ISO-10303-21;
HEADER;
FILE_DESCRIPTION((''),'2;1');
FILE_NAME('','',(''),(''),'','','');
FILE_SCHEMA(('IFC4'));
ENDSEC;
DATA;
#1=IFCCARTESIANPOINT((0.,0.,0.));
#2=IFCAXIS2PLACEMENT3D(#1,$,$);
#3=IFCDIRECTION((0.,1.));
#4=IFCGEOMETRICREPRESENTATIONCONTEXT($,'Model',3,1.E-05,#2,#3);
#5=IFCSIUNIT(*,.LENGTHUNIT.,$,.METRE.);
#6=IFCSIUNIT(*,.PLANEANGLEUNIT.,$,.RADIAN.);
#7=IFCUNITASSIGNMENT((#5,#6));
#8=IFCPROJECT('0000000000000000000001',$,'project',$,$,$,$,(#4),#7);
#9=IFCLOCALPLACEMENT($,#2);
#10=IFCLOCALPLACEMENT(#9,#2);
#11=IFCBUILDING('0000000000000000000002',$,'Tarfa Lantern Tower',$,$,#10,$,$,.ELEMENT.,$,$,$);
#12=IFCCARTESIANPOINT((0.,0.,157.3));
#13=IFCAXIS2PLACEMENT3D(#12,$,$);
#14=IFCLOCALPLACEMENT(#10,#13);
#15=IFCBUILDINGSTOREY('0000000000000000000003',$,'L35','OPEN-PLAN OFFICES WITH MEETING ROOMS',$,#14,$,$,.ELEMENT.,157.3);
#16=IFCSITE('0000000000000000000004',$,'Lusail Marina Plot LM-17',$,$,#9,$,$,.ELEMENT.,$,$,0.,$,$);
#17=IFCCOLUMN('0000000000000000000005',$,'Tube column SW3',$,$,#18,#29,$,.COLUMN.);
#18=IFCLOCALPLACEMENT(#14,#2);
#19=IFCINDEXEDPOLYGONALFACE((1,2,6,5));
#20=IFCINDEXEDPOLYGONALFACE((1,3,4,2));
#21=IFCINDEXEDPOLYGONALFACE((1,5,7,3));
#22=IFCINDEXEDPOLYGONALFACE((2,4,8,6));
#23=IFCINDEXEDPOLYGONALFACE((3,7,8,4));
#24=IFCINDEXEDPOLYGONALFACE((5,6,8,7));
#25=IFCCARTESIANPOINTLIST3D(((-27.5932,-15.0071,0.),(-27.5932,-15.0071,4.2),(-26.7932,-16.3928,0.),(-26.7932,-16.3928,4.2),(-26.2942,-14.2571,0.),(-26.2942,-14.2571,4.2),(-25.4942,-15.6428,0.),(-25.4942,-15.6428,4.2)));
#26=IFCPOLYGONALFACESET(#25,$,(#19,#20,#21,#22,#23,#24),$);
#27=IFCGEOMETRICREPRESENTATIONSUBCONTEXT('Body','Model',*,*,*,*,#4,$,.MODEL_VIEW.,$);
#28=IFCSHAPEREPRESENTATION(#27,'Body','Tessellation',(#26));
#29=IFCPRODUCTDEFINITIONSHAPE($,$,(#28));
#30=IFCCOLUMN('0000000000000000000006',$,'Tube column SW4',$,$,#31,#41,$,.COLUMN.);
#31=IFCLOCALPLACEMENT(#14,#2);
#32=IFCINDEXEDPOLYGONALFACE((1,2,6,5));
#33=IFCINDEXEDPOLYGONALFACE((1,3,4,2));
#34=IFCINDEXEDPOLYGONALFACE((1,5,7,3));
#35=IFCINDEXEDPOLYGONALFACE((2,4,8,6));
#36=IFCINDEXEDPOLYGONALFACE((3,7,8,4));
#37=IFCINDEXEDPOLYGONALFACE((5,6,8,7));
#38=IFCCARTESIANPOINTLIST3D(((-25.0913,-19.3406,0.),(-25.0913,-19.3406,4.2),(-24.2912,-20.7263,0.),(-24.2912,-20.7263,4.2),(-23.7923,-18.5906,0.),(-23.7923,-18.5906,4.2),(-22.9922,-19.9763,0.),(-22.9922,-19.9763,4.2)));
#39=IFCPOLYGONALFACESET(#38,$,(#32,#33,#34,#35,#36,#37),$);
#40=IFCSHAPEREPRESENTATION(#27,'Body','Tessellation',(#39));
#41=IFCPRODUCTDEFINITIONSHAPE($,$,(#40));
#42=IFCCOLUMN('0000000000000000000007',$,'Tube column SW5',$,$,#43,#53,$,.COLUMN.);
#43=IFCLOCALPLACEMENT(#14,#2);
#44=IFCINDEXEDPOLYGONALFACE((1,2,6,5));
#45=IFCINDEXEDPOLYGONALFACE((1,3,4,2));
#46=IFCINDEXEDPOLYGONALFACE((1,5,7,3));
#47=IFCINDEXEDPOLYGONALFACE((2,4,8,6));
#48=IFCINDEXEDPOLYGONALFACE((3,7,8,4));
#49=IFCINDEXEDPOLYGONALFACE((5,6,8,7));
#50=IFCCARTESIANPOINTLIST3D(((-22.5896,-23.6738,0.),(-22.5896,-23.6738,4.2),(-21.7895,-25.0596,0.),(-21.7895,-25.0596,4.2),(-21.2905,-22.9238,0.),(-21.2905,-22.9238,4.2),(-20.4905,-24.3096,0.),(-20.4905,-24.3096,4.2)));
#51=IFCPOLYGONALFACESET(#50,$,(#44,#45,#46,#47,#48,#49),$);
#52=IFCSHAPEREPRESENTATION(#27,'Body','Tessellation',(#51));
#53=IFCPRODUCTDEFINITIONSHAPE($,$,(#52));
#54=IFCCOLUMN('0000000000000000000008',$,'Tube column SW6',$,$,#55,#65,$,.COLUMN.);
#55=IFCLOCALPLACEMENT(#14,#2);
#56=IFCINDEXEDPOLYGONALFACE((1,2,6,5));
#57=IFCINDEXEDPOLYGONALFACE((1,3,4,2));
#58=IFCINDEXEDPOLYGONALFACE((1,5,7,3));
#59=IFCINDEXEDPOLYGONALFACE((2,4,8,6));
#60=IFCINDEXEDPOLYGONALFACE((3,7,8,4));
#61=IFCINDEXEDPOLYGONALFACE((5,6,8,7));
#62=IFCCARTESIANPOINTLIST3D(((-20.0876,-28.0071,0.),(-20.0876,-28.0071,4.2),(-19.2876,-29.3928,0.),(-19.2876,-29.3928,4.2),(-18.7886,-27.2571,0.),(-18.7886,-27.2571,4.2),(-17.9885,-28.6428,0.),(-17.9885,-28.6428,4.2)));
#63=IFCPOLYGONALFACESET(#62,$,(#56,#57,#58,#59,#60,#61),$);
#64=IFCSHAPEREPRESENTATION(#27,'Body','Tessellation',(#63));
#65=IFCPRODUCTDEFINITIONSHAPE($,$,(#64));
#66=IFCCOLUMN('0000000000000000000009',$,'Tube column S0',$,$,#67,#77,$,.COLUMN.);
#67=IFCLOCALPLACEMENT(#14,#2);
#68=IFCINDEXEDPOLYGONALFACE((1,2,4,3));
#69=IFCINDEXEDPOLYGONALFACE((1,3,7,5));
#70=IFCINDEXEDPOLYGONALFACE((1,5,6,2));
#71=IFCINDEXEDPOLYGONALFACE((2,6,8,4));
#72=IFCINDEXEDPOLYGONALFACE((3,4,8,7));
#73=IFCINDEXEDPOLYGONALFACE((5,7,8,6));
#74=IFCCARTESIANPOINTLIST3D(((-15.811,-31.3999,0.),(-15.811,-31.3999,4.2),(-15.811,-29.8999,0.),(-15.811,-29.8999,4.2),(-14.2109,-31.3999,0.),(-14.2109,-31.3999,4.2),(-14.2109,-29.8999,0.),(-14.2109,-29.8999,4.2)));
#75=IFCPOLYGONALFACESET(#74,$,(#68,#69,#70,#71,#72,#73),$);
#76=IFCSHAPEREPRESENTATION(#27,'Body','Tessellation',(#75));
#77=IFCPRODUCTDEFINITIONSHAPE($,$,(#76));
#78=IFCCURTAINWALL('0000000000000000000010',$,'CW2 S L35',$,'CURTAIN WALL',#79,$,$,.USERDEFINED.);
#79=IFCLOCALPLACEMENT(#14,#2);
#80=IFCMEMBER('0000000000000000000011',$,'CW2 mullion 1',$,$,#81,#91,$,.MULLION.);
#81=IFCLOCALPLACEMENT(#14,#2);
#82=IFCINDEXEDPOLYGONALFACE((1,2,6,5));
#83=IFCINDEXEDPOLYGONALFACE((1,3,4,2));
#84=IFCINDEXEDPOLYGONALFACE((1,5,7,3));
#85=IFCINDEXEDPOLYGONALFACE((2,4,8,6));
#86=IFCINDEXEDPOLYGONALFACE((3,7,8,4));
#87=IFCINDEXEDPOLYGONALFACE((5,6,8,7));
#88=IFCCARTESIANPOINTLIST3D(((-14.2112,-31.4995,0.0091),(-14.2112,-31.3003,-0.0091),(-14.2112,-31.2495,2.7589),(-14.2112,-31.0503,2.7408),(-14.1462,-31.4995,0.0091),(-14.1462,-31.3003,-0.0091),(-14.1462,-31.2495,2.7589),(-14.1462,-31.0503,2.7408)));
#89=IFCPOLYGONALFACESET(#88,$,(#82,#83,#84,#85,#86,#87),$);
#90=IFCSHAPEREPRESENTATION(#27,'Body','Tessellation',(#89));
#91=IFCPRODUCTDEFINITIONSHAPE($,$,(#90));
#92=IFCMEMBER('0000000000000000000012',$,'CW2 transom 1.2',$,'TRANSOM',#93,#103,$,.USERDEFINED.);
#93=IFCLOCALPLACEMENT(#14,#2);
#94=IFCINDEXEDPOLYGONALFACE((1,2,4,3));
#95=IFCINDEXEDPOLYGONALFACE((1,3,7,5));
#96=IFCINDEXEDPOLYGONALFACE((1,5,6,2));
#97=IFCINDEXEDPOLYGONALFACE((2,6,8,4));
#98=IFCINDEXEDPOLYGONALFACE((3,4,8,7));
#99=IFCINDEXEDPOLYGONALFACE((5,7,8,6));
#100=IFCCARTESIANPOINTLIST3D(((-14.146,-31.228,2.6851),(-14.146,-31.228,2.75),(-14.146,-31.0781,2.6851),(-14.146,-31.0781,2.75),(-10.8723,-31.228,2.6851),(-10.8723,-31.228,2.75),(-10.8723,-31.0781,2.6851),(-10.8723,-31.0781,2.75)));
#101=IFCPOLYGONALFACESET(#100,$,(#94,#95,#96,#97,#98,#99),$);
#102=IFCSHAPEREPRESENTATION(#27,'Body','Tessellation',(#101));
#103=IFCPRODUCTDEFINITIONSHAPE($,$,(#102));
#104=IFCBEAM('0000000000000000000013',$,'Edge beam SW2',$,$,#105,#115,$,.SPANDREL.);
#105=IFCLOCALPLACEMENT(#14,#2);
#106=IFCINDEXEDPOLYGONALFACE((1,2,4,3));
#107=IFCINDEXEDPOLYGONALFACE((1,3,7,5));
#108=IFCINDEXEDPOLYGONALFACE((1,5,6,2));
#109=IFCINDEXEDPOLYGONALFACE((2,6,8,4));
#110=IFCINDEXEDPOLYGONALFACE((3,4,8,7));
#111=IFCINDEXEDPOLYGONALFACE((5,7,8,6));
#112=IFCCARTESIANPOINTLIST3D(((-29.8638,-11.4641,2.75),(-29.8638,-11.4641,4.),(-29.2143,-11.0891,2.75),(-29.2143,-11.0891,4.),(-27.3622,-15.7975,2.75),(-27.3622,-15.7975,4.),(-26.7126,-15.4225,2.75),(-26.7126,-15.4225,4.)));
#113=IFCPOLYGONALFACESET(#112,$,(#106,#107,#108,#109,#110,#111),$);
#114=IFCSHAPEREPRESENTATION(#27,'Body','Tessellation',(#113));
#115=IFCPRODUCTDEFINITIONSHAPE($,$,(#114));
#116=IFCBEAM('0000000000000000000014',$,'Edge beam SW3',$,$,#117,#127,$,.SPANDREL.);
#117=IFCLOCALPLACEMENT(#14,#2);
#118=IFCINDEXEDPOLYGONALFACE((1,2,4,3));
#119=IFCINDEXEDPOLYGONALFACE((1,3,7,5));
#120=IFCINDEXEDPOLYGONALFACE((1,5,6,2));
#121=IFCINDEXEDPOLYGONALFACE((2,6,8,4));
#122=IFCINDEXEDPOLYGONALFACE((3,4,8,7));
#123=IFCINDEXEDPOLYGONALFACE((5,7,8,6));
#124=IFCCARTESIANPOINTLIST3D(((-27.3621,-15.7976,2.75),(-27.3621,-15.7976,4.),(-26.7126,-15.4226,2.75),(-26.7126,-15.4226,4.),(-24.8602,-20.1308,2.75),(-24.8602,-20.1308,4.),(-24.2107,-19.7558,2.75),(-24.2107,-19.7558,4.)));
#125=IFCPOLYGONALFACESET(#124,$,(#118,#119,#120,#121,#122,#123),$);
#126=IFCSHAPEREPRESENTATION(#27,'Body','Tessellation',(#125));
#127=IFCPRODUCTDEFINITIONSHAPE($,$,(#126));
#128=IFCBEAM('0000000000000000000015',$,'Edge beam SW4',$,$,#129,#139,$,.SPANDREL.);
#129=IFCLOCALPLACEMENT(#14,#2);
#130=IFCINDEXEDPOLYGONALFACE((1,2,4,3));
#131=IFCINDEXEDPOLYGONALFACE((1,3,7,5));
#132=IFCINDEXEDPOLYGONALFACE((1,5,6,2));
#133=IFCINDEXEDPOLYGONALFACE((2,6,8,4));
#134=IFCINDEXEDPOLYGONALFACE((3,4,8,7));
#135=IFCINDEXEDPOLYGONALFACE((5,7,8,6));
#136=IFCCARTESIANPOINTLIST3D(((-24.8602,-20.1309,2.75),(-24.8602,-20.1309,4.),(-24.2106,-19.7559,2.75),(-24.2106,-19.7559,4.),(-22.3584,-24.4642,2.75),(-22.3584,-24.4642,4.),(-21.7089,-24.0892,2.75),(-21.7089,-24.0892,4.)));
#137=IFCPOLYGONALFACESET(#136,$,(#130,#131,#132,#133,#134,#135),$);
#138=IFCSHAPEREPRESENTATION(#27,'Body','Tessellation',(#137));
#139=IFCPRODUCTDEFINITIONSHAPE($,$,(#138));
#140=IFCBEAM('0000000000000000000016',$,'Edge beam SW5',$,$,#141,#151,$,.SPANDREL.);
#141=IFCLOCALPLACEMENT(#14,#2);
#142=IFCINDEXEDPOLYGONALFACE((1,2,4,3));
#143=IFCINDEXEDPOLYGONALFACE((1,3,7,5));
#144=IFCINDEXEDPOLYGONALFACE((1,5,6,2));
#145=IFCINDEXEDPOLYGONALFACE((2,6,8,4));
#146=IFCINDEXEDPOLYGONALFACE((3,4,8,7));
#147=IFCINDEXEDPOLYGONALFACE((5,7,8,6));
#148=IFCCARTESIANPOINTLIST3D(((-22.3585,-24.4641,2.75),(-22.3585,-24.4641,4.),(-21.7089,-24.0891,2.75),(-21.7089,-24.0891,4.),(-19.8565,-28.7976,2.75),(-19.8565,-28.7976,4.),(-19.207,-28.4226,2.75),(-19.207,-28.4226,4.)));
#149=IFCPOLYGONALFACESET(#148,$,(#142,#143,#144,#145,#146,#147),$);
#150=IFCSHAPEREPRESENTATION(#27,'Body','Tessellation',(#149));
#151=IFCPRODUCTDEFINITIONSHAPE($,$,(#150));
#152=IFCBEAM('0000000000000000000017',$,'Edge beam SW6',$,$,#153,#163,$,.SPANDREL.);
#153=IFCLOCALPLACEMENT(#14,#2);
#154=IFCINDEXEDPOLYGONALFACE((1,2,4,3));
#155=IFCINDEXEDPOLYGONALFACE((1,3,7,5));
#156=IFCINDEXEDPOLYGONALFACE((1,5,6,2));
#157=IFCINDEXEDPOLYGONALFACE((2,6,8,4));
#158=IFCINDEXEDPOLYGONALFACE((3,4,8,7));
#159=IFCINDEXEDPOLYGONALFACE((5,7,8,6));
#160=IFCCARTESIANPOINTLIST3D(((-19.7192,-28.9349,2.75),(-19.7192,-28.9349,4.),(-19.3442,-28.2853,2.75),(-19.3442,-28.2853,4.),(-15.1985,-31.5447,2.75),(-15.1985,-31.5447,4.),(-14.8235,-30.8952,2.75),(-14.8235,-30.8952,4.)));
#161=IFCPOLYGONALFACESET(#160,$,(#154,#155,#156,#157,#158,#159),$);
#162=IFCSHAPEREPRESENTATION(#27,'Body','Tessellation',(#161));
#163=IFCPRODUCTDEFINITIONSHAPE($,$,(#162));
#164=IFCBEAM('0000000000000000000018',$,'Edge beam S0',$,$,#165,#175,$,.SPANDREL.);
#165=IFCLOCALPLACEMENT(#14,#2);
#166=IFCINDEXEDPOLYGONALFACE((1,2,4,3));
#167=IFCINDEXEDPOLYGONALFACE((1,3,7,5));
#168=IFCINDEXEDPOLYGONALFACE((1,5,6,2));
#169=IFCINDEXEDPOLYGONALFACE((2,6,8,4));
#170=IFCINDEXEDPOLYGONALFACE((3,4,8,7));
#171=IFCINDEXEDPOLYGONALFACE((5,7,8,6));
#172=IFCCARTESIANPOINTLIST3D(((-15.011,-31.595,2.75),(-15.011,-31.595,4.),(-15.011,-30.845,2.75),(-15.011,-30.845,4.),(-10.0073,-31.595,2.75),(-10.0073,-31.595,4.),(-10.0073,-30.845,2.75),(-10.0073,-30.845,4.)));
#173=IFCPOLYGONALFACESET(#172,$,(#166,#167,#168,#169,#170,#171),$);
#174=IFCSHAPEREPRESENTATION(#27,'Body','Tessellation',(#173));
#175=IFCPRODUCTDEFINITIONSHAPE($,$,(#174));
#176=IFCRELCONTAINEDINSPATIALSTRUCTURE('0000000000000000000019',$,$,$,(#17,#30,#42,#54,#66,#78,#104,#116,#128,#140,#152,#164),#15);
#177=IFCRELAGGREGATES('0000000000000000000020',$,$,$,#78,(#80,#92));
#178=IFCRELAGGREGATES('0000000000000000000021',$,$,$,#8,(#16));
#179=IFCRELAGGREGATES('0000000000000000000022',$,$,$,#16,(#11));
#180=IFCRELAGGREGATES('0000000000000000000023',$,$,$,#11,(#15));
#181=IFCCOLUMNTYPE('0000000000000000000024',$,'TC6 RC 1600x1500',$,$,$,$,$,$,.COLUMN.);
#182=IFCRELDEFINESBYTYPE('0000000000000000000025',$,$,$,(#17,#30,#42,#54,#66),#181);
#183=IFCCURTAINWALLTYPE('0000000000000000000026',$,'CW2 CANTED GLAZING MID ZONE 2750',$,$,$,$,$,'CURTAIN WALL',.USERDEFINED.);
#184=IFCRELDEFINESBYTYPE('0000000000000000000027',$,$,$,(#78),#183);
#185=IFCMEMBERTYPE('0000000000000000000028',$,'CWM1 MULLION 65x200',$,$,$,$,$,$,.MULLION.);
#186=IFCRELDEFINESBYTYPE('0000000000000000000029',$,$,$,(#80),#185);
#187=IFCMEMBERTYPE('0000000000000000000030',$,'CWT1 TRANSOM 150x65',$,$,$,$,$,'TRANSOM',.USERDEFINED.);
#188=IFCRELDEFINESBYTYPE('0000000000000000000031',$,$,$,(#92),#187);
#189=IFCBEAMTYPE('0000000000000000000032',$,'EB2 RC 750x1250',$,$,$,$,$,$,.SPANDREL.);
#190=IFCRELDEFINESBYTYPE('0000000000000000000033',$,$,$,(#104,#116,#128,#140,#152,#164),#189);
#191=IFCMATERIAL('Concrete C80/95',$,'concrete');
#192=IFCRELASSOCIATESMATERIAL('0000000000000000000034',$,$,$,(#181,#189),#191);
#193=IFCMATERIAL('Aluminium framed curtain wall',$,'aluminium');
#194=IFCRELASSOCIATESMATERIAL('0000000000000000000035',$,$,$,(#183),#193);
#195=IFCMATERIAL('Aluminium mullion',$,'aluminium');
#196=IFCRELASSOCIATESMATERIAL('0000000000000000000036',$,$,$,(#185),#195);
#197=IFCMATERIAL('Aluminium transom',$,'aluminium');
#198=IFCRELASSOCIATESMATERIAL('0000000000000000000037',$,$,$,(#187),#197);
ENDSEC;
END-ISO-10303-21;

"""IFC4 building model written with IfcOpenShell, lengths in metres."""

from ifc_helpers import new_model, si_unit, direction, frame, origin, origin_2d, place, context, subcontext, project, spatial, rectangle, extrude, material, material_profile, profile_set, type_object, element, aggregate, save


model = new_model("IFC4")

# Units and contexts
model_context = context("Model", 3, precision=1e-05, world=origin(), true_north=direction((0.0, 1.0)))
body_context = subcontext(model_context, "Body", "Model", "MODEL_VIEW")
ifc_project = project(units=[si_unit("LENGTHUNIT", "METRE"), si_unit("PLANEANGLEUNIT", "RADIAN")], contexts=[model_context])

# Site, building, storey
site_placement = place(None, origin())
site = spatial("IfcSite", under=ifc_project, at=site_placement, Name="Lusail Marina Plot LM-17", CompositionType="ELEMENT", RefElevation=0.0)
building_placement = place(site_placement, origin())
building = spatial("IfcBuilding", under=site, at=building_placement, Name="Tarfa Lantern Tower", CompositionType="ELEMENT")
storey_placement = place(building_placement, frame((0.0, 0.0, 157.3)))
storey = spatial("IfcBuildingStorey", under=building, at=storey_placement, Name="L35", Description="OPEN-PLAN OFFICES WITH MEETING ROOMS", CompositionType="ELEMENT", Elevation=157.3)

# Columns
ifc_material_1 = material(Name="Concrete C80/95", Category="concrete")
ifc_material_profile_1 = material_profile(ifc_material_1, rectangle(XDim=1.6001, YDim=1.5, at=origin_2d()), Name="RC 1600x1500")
ifc_profile_set_1 = profile_set([ifc_material_profile_1], Name="Concrete C80/95")
column_type = type_object("IfcColumnType", Name="TC6 RC 1600x1500", PredefinedType="COLUMN", material=ifc_profile_set_1)
for number, where, z_axis, x_axis, name in (
    (1, (-26.5437, -15.325, 0.0), (0.0, 0.0, 1.0), (0.5, -0.866025, 0.0), "Tube column SW3"),
    (2, (-24.0417, -19.6584, 0.0), (0.0, 0.0, 1.0), (0.5, -0.866025, 0.0), "Tube column SW4"),
    (3, (-21.54, -23.9917, 0.0), (0.0, 0.0, 1.0), (0.5, -0.866025, 0.0), "Tube column SW5"),
    (4, (-19.0381, -28.325, 0.0), (0.0, 0.0, 1.0), (0.5, -0.866025, 0.0), "Tube column SW6"),
    (5, (-15.011, -30.6499, 0.0), (0.0, 0.0, 1.0), (1.0, 0.0, 0.0), "Tube column S0"),
):
    element("IfcColumn", number, at=place(storey_placement, frame(where, z_axis=z_axis, x_axis=x_axis)), inside=storey, type_object=column_type, Name=name, PredefinedType="COLUMN", context=body_context, shape_type="SweptSolid", body=[
        extrude(rectangle(XDim=1.6001, YDim=1.5, at=origin_2d()), origin(), (0.0, 0.0, 1.0), 4.2),
    ])

# Curtain wall, members
ifc_material_2 = material(Name="Aluminium framed curtain wall", Category="aluminium")
curtain_wall_type = type_object("IfcCurtainWallType", Name="CW2 CANTED GLAZING MID ZONE 2750", ElementType="CURTAIN WALL", PredefinedType="USERDEFINED", material=ifc_material_2)
curtain_wall_placement = place(storey_placement, origin())
curtain_wall = element("IfcCurtainWall", 6, at=curtain_wall_placement, inside=storey, type_object=curtain_wall_type, Name="CW2 S L35", ObjectType="CURTAIN WALL", PredefinedType="USERDEFINED")
ifc_material_3 = material(Name="Aluminium mullion", Category="aluminium")
ifc_material_profile_2 = material_profile(ifc_material_3, rectangle(XDim=0.0649, YDim=0.2, at=origin_2d()), Name="AL MULLION 65x200")
ifc_profile_set_2 = profile_set([ifc_material_profile_2], Name="Aluminium mullion")
member_type_1 = type_object("IfcMemberType", Name="CWM1 MULLION 65x200", PredefinedType="MULLION", material=ifc_profile_set_2)
member_1_placement = place(storey_placement, frame((-14.1787, -31.3999, 0.0), z_axis=(0.0, 0.090536, 0.995893), x_axis=(-1.0, 0.0, 0.0)))
member_1 = element("IfcMember", 7, at=member_1_placement, type_object=member_type_1, Name="CW2 mullion 1", PredefinedType="MULLION", context=body_context, shape_type="SweptSolid", body=[
    extrude(rectangle(XDim=0.0649, YDim=0.2, at=origin_2d()), origin(), (0.0, 0.0, 1.0), 2.7612),
])
ifc_material_4 = material(Name="Aluminium transom", Category="aluminium")
ifc_material_profile_3 = material_profile(ifc_material_4, rectangle(XDim=0.1499, YDim=0.0649, at=origin_2d()), Name="AL TRANSOM 150x65")
ifc_profile_set_3 = profile_set([ifc_material_profile_3], Name="Aluminium transom")
member_type_2 = type_object("IfcMemberType", Name="CWT1 TRANSOM 150x65", ElementType="TRANSOM", PredefinedType="USERDEFINED", material=ifc_profile_set_3)
member_2_placement = place(storey_placement, frame((-14.146, -31.1531, 2.7175), z_axis=(1.0, 0.0, 0.0), x_axis=(0.0, 1.0, 0.0)))
member_2 = element("IfcMember", 8, at=member_2_placement, type_object=member_type_2, Name="CW2 transom 1.2", ObjectType="TRANSOM", PredefinedType="USERDEFINED", context=body_context, shape_type="SweptSolid", body=[
    extrude(rectangle(XDim=0.1499, YDim=0.0649, at=origin_2d()), origin(), (0.0, 0.0, 1.0), 3.2737),
])

# Beams
ifc_material_profile_4 = material_profile(ifc_material_1, rectangle(XDim=0.75, YDim=1.25, at=origin_2d()), Name="RC 750x1250")
ifc_profile_set_4 = profile_set([ifc_material_profile_4], Name="Concrete C80/95")
beam_type_1 = type_object("IfcBeamType", Name="EB2 RC 750x1250", PredefinedType="SPANDREL", material=ifc_profile_set_4)
for number, where, z_axis, x_axis, name in (
    (9, (-29.5391, -11.2766, 3.375), (0.499965, -0.866046, 0.0), (0.866046, 0.499965, 0.0), "Edge beam SW2"),
    (10, (-27.0374, -15.6101, 3.375), (0.500022, -0.866013, 0.0), (0.866013, 0.500022, 0.0), "Edge beam SW3"),
    (11, (-24.5354, -19.9434, 3.375), (0.499986, -0.866034, 0.0), (0.866034, 0.499986, 0.0), "Edge beam SW4"),
):
    element("IfcBeam", number, at=place(storey_placement, frame(where, z_axis=z_axis, x_axis=x_axis)), inside=storey, type_object=beam_type_1, Name=name, PredefinedType="SPANDREL", context=body_context, shape_type="SweptSolid", body=[
        extrude(rectangle(XDim=0.75, YDim=1.25, at=origin_2d()), origin(), (0.0, 0.0, 1.0), 5.0037),
    ])
beam_1_placement = place(storey_placement, frame((-22.0337, -24.2766, 3.375), z_axis=(0.500001, -0.866025, 0.0), x_axis=(0.866025, 0.500001, 0.0)))
element("IfcBeam", 12, at=beam_1_placement, inside=storey, type_object=beam_type_1, Name="Edge beam SW5", PredefinedType="SPANDREL", context=body_context, shape_type="SweptSolid", body=[
    extrude(rectangle(XDim=0.75, YDim=1.25, at=origin_2d()), origin(), (0.0, 0.0, 1.0), 5.0039),
])
beam_2_placement = place(storey_placement, frame((-19.5317, -28.6101, 3.375), z_axis=(0.866042, -0.499972, 0.0), x_axis=(0.499972, 0.866042, 0.0)))
element("IfcBeam", 13, at=beam_2_placement, inside=storey, type_object=beam_type_1, Name="Edge beam SW6", PredefinedType="SPANDREL", context=body_context, shape_type="SweptSolid", body=[
    extrude(rectangle(XDim=0.75, YDim=1.25, at=origin_2d()), origin(), (0.0, 0.0, 1.0), 5.22),
])
beam_3_placement = place(storey_placement, frame((-15.011, -31.22, 3.375), z_axis=(1.0, 0.0, 0.0), x_axis=(0.0, 1.0, 0.0)))
element("IfcBeam", 14, at=beam_3_placement, inside=storey, type_object=beam_type_1, Name="Edge beam S0", PredefinedType="SPANDREL", context=body_context, shape_type="SweptSolid", body=[
    extrude(rectangle(XDim=0.75, YDim=1.25, at=origin_2d()), origin(), (0.0, 0.0, 1.0), 5.0037),
])

aggregate(curtain_wall, [member_1, member_2])

save(model, "model.ifc")
